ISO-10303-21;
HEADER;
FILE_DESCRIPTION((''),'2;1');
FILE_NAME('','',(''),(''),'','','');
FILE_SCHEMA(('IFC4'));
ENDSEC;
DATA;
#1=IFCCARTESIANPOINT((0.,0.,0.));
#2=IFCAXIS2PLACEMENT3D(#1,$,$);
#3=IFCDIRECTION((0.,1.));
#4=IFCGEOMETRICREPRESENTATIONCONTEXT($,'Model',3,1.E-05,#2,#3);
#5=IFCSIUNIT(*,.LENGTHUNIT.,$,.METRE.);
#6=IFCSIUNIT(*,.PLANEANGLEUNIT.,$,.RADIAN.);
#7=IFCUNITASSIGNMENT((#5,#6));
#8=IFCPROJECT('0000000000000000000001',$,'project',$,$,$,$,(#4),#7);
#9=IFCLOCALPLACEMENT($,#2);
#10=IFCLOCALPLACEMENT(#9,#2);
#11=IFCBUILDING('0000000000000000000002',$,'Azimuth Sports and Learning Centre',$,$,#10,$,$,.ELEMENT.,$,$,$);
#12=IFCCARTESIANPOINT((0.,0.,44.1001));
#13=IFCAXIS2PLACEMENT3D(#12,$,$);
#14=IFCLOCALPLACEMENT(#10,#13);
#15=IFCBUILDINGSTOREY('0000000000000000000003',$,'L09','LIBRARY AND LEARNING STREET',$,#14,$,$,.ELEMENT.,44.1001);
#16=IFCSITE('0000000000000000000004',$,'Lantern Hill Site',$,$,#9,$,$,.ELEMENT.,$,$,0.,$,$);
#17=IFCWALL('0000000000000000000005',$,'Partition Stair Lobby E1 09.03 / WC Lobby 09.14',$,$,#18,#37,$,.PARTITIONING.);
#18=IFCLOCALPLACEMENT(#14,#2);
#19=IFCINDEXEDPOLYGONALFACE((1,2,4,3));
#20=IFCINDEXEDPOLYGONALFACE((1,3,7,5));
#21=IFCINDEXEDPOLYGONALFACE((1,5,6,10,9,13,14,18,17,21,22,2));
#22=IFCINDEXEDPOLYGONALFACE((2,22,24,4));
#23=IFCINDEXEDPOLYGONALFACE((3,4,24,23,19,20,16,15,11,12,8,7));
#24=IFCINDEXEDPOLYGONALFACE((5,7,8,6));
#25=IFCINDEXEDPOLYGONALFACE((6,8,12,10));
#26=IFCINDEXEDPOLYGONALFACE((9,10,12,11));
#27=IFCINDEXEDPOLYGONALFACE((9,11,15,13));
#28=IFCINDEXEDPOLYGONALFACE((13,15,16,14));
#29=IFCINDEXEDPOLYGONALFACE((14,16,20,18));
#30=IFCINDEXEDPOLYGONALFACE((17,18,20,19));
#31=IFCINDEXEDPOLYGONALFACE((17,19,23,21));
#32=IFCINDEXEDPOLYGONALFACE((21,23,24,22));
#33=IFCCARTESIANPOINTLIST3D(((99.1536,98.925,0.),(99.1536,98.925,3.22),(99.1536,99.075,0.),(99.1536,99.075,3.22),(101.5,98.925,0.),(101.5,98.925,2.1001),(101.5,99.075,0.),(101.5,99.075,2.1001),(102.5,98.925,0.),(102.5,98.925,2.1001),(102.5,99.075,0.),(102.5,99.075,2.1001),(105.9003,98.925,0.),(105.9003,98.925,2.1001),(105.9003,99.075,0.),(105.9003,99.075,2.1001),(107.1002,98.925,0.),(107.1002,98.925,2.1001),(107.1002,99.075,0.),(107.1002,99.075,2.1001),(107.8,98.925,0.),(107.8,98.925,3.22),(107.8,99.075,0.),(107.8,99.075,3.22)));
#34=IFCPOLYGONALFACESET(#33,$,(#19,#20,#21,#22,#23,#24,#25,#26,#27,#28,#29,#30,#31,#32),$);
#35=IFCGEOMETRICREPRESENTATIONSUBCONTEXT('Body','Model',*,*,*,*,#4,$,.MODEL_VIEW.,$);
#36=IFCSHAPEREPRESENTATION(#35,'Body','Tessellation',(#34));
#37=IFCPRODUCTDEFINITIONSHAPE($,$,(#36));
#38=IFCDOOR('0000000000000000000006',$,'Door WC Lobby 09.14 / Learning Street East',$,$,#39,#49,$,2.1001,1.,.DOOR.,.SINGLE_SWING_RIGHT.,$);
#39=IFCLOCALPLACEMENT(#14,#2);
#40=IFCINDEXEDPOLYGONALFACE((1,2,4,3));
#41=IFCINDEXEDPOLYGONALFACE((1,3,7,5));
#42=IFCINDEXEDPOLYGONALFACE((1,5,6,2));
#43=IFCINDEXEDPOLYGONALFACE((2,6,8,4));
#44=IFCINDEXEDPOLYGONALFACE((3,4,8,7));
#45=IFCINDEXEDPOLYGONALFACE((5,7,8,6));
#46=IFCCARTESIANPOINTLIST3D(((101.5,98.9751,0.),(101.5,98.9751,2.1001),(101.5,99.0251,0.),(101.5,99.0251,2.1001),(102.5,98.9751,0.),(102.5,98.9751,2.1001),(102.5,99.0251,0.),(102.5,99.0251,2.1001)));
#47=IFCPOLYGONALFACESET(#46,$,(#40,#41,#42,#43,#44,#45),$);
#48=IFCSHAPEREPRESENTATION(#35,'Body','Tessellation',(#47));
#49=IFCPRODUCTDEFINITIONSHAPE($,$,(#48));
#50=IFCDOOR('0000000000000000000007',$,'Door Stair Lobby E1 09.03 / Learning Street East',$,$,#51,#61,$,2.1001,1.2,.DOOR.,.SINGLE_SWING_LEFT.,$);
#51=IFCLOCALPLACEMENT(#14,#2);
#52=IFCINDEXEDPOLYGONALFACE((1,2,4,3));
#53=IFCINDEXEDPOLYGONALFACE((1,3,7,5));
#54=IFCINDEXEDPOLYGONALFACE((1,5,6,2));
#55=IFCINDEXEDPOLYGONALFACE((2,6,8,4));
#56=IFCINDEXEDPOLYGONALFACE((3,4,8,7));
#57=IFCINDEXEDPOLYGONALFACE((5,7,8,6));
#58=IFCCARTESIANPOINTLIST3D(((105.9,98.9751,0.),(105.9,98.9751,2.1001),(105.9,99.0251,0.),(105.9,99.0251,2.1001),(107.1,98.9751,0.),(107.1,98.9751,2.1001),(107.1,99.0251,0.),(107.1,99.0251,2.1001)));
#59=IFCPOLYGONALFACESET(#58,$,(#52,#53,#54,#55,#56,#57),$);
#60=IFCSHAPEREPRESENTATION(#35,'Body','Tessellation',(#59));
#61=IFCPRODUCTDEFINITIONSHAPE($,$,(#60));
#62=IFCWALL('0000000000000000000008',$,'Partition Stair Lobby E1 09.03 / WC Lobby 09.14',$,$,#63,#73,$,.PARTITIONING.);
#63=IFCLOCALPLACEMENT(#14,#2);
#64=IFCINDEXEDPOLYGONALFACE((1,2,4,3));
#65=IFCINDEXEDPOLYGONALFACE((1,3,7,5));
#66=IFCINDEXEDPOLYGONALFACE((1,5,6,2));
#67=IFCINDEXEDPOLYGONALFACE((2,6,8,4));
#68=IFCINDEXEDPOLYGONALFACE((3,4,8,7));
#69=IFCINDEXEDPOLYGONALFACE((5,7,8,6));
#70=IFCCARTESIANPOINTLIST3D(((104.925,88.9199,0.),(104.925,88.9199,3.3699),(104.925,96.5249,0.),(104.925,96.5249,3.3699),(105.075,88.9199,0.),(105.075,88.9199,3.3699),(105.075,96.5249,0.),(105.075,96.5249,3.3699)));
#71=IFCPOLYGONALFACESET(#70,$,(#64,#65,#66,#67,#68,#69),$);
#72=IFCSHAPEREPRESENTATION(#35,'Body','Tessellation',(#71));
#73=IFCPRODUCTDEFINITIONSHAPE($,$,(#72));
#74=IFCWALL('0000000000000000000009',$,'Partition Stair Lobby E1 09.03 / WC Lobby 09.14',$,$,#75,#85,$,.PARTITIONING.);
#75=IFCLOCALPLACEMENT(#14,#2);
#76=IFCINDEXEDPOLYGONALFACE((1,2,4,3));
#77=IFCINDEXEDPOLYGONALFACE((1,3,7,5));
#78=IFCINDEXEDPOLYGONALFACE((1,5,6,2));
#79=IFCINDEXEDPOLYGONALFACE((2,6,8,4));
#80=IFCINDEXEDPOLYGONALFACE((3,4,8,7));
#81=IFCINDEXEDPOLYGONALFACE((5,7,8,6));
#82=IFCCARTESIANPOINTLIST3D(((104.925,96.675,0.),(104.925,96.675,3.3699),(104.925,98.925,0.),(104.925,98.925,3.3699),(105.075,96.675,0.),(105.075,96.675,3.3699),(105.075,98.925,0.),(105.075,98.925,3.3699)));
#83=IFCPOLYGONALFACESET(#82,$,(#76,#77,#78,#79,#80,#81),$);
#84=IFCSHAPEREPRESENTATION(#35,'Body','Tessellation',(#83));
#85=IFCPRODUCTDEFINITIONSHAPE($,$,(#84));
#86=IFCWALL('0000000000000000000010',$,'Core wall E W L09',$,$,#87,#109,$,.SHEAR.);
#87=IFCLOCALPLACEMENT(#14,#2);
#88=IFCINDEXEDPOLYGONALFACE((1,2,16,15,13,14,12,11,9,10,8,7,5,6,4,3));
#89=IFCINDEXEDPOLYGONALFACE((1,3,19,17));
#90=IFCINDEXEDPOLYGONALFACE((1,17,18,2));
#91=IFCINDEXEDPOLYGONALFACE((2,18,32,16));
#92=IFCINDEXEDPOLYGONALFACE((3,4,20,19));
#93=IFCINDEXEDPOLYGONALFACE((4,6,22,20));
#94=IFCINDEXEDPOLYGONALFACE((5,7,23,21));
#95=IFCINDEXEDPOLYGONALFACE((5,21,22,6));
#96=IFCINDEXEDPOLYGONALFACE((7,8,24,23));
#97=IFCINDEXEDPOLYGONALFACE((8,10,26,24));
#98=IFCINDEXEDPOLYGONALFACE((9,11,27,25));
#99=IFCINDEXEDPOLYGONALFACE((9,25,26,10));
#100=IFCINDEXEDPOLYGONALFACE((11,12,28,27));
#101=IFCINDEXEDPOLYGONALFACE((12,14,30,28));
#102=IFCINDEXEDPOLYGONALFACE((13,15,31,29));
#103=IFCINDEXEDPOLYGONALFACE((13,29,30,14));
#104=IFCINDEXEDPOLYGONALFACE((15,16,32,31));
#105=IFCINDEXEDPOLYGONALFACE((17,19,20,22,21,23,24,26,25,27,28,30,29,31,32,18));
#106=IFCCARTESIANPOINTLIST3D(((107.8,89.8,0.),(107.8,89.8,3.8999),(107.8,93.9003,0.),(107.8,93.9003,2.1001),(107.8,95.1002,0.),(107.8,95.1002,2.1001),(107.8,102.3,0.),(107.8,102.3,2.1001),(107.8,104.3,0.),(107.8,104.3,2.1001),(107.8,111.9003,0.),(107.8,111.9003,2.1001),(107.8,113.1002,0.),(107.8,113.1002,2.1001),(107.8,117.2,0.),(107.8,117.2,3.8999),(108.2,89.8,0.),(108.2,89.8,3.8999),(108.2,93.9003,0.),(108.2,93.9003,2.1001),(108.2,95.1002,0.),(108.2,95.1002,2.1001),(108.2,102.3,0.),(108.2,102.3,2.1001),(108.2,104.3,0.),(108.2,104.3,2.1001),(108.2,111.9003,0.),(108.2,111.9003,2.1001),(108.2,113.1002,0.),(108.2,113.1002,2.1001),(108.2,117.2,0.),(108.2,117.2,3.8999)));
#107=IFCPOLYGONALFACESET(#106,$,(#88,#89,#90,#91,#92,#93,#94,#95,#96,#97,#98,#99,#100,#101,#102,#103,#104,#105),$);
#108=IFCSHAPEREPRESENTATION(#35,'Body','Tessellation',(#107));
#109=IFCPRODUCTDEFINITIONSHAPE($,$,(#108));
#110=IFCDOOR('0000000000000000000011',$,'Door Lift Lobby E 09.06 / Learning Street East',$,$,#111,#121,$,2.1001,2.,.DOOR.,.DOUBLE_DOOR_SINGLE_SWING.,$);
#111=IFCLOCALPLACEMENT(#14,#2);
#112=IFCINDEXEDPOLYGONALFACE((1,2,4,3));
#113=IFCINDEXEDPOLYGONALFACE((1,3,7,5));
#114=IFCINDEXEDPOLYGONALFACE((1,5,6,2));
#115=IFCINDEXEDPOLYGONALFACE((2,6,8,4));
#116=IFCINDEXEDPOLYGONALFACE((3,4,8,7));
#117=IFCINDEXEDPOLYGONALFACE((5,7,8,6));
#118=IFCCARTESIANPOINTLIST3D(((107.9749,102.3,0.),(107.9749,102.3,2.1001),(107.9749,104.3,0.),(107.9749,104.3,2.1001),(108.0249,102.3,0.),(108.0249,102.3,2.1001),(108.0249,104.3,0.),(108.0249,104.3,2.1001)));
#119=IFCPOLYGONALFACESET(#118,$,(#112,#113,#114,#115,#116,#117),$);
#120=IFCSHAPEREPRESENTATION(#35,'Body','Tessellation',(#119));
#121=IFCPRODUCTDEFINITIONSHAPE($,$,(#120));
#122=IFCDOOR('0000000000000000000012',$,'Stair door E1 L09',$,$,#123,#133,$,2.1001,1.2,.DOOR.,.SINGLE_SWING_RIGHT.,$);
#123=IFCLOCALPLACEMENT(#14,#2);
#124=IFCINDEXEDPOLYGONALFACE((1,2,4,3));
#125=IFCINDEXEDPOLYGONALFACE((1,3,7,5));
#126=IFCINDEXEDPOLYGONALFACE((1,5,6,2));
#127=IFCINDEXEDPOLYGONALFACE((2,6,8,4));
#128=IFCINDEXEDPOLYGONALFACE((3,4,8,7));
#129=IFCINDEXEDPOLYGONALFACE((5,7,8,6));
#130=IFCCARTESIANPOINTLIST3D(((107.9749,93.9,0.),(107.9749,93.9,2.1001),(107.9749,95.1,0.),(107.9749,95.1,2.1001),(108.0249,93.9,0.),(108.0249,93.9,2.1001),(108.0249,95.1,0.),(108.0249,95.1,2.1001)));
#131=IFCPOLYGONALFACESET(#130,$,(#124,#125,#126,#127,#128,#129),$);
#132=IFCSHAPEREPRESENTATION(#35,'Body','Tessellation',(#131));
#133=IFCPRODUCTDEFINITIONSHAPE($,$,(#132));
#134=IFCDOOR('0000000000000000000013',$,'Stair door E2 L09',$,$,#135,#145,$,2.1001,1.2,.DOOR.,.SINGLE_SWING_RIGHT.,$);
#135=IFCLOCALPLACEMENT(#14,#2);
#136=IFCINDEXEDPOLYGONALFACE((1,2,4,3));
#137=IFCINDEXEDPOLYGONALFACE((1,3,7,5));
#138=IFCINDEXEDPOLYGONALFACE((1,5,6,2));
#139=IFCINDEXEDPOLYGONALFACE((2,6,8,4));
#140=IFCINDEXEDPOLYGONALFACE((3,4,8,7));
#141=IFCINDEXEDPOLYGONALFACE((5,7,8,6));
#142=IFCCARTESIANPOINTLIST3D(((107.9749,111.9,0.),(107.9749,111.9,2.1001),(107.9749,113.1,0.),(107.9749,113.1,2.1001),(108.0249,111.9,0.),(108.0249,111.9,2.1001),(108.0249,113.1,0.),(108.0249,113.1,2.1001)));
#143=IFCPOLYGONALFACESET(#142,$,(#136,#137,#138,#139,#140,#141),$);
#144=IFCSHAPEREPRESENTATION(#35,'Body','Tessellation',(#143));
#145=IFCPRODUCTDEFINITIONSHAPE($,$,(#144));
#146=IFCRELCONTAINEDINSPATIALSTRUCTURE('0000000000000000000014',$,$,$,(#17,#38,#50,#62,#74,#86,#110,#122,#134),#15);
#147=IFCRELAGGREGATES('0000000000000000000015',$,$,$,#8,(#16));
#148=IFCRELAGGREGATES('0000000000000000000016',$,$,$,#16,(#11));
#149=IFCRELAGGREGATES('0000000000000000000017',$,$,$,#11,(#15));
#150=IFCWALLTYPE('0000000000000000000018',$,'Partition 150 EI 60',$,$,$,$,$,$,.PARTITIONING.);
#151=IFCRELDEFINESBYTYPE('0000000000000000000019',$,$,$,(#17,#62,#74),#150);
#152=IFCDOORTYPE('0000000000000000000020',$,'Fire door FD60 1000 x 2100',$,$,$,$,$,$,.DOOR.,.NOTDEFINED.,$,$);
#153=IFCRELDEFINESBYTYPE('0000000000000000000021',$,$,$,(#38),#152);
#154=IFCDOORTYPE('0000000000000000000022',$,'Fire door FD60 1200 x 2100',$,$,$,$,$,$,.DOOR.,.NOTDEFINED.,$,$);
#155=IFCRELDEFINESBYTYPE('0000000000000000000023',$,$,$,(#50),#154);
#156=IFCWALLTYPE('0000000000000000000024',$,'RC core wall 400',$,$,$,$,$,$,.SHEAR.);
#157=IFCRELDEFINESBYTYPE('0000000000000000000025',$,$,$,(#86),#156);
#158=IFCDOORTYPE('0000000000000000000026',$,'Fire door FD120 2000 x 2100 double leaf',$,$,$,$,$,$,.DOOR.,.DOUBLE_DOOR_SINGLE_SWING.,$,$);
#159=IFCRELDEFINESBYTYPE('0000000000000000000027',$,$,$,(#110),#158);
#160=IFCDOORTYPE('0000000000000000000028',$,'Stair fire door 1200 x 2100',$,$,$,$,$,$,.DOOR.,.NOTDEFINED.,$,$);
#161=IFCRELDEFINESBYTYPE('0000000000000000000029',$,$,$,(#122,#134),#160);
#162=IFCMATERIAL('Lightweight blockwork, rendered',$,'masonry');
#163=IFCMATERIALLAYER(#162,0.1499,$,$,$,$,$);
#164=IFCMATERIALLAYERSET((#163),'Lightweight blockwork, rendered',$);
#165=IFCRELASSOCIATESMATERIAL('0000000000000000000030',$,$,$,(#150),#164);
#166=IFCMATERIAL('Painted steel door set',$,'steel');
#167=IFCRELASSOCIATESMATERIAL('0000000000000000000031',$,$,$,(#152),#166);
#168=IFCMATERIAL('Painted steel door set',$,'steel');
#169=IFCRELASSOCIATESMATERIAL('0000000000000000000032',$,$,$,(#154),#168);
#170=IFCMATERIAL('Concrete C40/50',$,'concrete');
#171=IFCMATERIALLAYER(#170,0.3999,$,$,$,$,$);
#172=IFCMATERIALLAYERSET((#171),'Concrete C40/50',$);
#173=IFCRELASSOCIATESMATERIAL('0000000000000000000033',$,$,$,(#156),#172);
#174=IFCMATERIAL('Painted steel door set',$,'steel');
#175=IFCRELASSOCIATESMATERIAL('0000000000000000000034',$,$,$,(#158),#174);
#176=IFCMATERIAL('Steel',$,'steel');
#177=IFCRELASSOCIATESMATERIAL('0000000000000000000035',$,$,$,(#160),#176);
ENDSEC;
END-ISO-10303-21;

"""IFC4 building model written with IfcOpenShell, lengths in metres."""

from ifc_helpers import new_model, si_unit, direction, frame, frame_2d, origin, place, context, subcontext, project, spatial, rectangle, extrude, material, layer, layer_set, type_object, element, fill, save


model = new_model("IFC4")

# Units and contexts
model_context = context("Model", 3, precision=1e-05, world=origin(), true_north=direction((0.0, 1.0)))
body_context = subcontext(model_context, "Body", "Model", "MODEL_VIEW")
ifc_project = project(units=[si_unit("LENGTHUNIT", "METRE"), si_unit("PLANEANGLEUNIT", "RADIAN")], contexts=[model_context])

# Site, building, storey
site_placement = place(None, origin())
site = spatial("IfcSite", under=ifc_project, at=site_placement, Name="Lantern Hill Site", CompositionType="ELEMENT", RefElevation=0.0)
building_placement = place(site_placement, origin())
building = spatial("IfcBuilding", under=site, at=building_placement, Name="Azimuth Sports and Learning Centre", CompositionType="ELEMENT")
storey_placement = place(building_placement, frame((0.0, 0.0, 44.1001)))
storey = spatial("IfcBuildingStorey", under=building, at=storey_placement, Name="L09", Description="LIBRARY AND LEARNING STREET", CompositionType="ELEMENT", Elevation=44.1001)

# Wall, openings, doors
ifc_material_1 = material(Name="Lightweight blockwork, rendered", Category="masonry")
ifc_layer_1 = layer(ifc_material_1, 0.1499)
ifc_layer_set_1 = layer_set([ifc_layer_1], Name="Lightweight blockwork, rendered")
wall_type_1 = type_object("IfcWallType", Name="Partition 150 EI 60", PredefinedType="PARTITIONING", material=ifc_layer_set_1)
wall_1_placement = place(storey_placement, frame((99.1536, 99.0, 0.0), z_axis=(0.0, 0.0, 1.0), x_axis=(1.0, 0.0, 0.0)))
wall_1 = element("IfcWall", 1, at=wall_1_placement, inside=storey, type_object=wall_type_1, Name="Partition Stair Lobby E1 09.03 / WC Lobby 09.14", PredefinedType="PARTITIONING", context=body_context, shape_type="SweptSolid", body=[
    extrude(rectangle(XDim=8.6465, YDim=0.1499, at=frame_2d((4.3232, 0.0))), origin(), (0.0, 0.0, 1.0), 3.22),
])
opening_1_placement = place(wall_1_placement, frame((6.7466, 0.0, 0.0)))
opening_1 = element("IfcOpeningElement", 2, at=opening_1_placement, cuts=wall_1, PredefinedType="OPENING", context=body_context, shape_type="SweptSolid", body=[
    extrude(rectangle(XDim=1.2, YDim=2.1001, at=frame_2d((0.6001, 1.05))), frame((0.0, 0.0859, 0.0), z_axis=(0.0, -1.0, 0.0), x_axis=(1.0, 0.0, 0.0)), (0.0, 0.0, 1.0), 0.1719),
])
opening_2_placement = place(wall_1_placement, frame((2.3464, 0.0, 0.0)))
opening_2 = element("IfcOpeningElement", 3, at=opening_2_placement, cuts=wall_1, PredefinedType="OPENING", context=body_context, shape_type="SweptSolid", body=[
    extrude(rectangle(XDim=1.0, YDim=2.1001, at=frame_2d((0.5, 1.05))), frame((0.0, 0.0859, 0.0), z_axis=(0.0, -1.0, 0.0), x_axis=(1.0, 0.0, 0.0)), (0.0, 0.0, 1.0), 0.1719),
])
ifc_material_2 = material(Name="Painted steel door set", Category="steel")
door_type_1 = type_object("IfcDoorType", Name="Fire door FD60 1000 x 2100", OperationType="NOTDEFINED", PredefinedType="DOOR", material=ifc_material_2)
door_1_placement = place(opening_2_placement, frame((1.0, 0.0, 0.0), z_axis=(0.0, 0.0, 1.0), x_axis=(-1.0, 0.0, 0.0)))
door_1 = element("IfcDoor", 4, at=door_1_placement, inside=storey, type_object=door_type_1, Name="Door WC Lobby 09.14 / Learning Street East", OperationType="SINGLE_SWING_RIGHT", OverallHeight=2.1001, OverallWidth=1.0, PredefinedType="DOOR", context=body_context, shape_type="SweptSolid", body=[
    extrude(rectangle(XDim=1.0, YDim=2.1001, at=frame_2d((0.5, 1.05))), frame((0.0, 0.0249, 0.0), z_axis=(0.0, -1.0, 0.0), x_axis=(1.0, 0.0, 0.0)), (0.0, 0.0, 1.0), 0.05),
])
fill(opening_2, door_1)
ifc_material_3 = material(Name="Painted steel door set", Category="steel")
door_type_2 = type_object("IfcDoorType", Name="Fire door FD60 1200 x 2100", OperationType="NOTDEFINED", PredefinedType="DOOR", material=ifc_material_3)
door_2_placement = place(opening_1_placement, frame((1.2, 0.0, 0.0), z_axis=(0.0, 0.0, 1.0), x_axis=(-1.0, 0.0, 0.0)))
door_2 = element("IfcDoor", 5, at=door_2_placement, inside=storey, type_object=door_type_2, Name="Door Stair Lobby E1 09.03 / Learning Street East", OperationType="SINGLE_SWING_LEFT", OverallHeight=2.1001, OverallWidth=1.2, PredefinedType="DOOR", context=body_context, shape_type="SweptSolid", body=[
    extrude(rectangle(XDim=1.2, YDim=2.1001, at=frame_2d((0.6001, 1.05))), frame((0.0, 0.0249, 0.0), z_axis=(0.0, -1.0, 0.0), x_axis=(1.0, 0.0, 0.0)), (0.0, 0.0, 1.0), 0.05),
])
fill(opening_1, door_2)

# Walls
wall_2_placement = place(storey_placement, frame((105.0, 88.9199, 0.0), z_axis=(0.0, 0.0, 1.0), x_axis=(0.0, 1.0, 0.0)))
element("IfcWall", 6, at=wall_2_placement, inside=storey, type_object=wall_type_1, Name="Partition Stair Lobby E1 09.03 / WC Lobby 09.14", PredefinedType="PARTITIONING", context=body_context, shape_type="SweptSolid", body=[
    extrude(rectangle(XDim=7.605, YDim=0.1499, at=frame_2d((3.8025, 0.0))), origin(), (0.0, 0.0, 1.0), 3.3699),
])
wall_3_placement = place(storey_placement, frame((105.0, 96.675, 0.0), z_axis=(0.0, 0.0, 1.0), x_axis=(0.0, 1.0, 0.0)))
element("IfcWall", 7, at=wall_3_placement, inside=storey, type_object=wall_type_1, Name="Partition Stair Lobby E1 09.03 / WC Lobby 09.14", PredefinedType="PARTITIONING", context=body_context, shape_type="SweptSolid", body=[
    extrude(rectangle(XDim=2.25, YDim=0.1499, at=frame_2d((1.125, 0.0))), origin(), (0.0, 0.0, 1.0), 3.3699),
])

# Wall, openings, doors
ifc_material_4 = material(Name="Concrete C40/50", Category="concrete")
ifc_layer_2 = layer(ifc_material_4, 0.3999)
ifc_layer_set_2 = layer_set([ifc_layer_2], Name="Concrete C40/50")
wall_type_2 = type_object("IfcWallType", Name="RC core wall 400", PredefinedType="SHEAR", material=ifc_layer_set_2)
wall_4_placement = place(storey_placement, frame((108.0, 89.8, 0.0), z_axis=(0.0, 0.0, 1.0), x_axis=(0.0, 1.0, 0.0)))
wall_4 = element("IfcWall", 8, at=wall_4_placement, inside=storey, type_object=wall_type_2, Name="Core wall E W L09", PredefinedType="SHEAR", context=body_context, shape_type="SweptSolid", body=[
    extrude(rectangle(XDim=27.3999, YDim=0.3999, at=frame_2d((13.7, 0.0))), origin(), (0.0, 0.0, 1.0), 3.8999),
])
opening_3_placement = place(wall_4_placement, frame((4.1001, 0.0, 0.0)))
opening_3 = element("IfcOpeningElement", 9, at=opening_3_placement, cuts=wall_4, PredefinedType="OPENING", context=body_context, shape_type="SweptSolid", body=[
    extrude(rectangle(XDim=1.2, YDim=2.1001, at=frame_2d((0.6001, 1.05))), frame((0.0, 0.2109, 0.0), z_axis=(0.0, -1.0, 0.0), x_axis=(1.0, 0.0, 0.0)), (0.0, 0.0, 1.0), 0.4219),
])
opening_4_placement = place(wall_4_placement, frame((22.1001, 0.0, 0.0)))
opening_4 = element("IfcOpeningElement", 10, at=opening_4_placement, cuts=wall_4, PredefinedType="OPENING", context=body_context, shape_type="SweptSolid", body=[
    extrude(rectangle(XDim=1.2, YDim=2.1001, at=frame_2d((0.6001, 1.05))), frame((0.0, 0.2109, 0.0), z_axis=(0.0, -1.0, 0.0), x_axis=(1.0, 0.0, 0.0)), (0.0, 0.0, 1.0), 0.4219),
])
opening_5_placement = place(wall_4_placement, frame((12.5, 0.0, 0.0)))
opening_5 = element("IfcOpeningElement", 11, at=opening_5_placement, cuts=wall_4, PredefinedType="OPENING", context=body_context, shape_type="SweptSolid", body=[
    extrude(rectangle(XDim=2.0, YDim=2.1001, at=frame_2d((1.0, 1.05))), frame((0.0, 0.2109, 0.0), z_axis=(0.0, -1.0, 0.0), x_axis=(1.0, 0.0, 0.0)), (0.0, 0.0, 1.0), 0.4219),
])
ifc_material_5 = material(Name="Painted steel door set", Category="steel")
door_type_3 = type_object("IfcDoorType", Name="Fire door FD120 2000 x 2100 double leaf", OperationType="DOUBLE_DOOR_SINGLE_SWING", PredefinedType="DOOR", material=ifc_material_5)
door_3_placement = place(opening_5_placement, frame((2.0, 0.0, 0.0), z_axis=(0.0, 0.0, 1.0), x_axis=(-1.0, 0.0, 0.0)))
door_3 = element("IfcDoor", 12, at=door_3_placement, inside=storey, type_object=door_type_3, Name="Door Lift Lobby E 09.06 / Learning Street East", OperationType="DOUBLE_DOOR_SINGLE_SWING", OverallHeight=2.1001, OverallWidth=2.0, PredefinedType="DOOR", context=body_context, shape_type="SweptSolid", body=[
    extrude(rectangle(XDim=2.0, YDim=2.1001, at=frame_2d((1.0, 1.05))), frame((0.0, 0.0249, 0.0), z_axis=(0.0, -1.0, 0.0), x_axis=(1.0, 0.0, 0.0)), (0.0, 0.0, 1.0), 0.05),
])
fill(opening_5, door_3)
ifc_material_6 = material(Name="Steel", Category="steel")
door_type_4 = type_object("IfcDoorType", Name="Stair fire door 1200 x 2100", OperationType="NOTDEFINED", PredefinedType="DOOR", material=ifc_material_6)
door_4_placement = place(opening_3_placement, frame((1.2, 0.0, 0.0), z_axis=(0.0, 0.0, 1.0), x_axis=(-1.0, 0.0, 0.0)))
door_4 = element("IfcDoor", 13, at=door_4_placement, inside=storey, type_object=door_type_4, Name="Stair door E1 L09", OperationType="SINGLE_SWING_RIGHT", OverallHeight=2.1001, OverallWidth=1.2, PredefinedType="DOOR", context=body_context, shape_type="SweptSolid", body=[
    extrude(rectangle(XDim=1.2, YDim=2.1001, at=frame_2d((0.6001, 1.05))), frame((0.0, 0.0249, 0.0), z_axis=(0.0, -1.0, 0.0), x_axis=(1.0, 0.0, 0.0)), (0.0, 0.0, 1.0), 0.05),
])
fill(opening_3, door_4)
door_5_placement = place(opening_4_placement, frame((1.2, 0.0, 0.0), z_axis=(0.0, 0.0, 1.0), x_axis=(-1.0, 0.0, 0.0)))
door_5 = element("IfcDoor", 14, at=door_5_placement, inside=storey, type_object=door_type_4, Name="Stair door E2 L09", OperationType="SINGLE_SWING_RIGHT", OverallHeight=2.1001, OverallWidth=1.2, PredefinedType="DOOR", context=body_context, shape_type="SweptSolid", body=[
    extrude(rectangle(XDim=1.2, YDim=2.1001, at=frame_2d((0.6001, 1.05))), frame((0.0, 0.0249, 0.0), z_axis=(0.0, -1.0, 0.0), x_axis=(1.0, 0.0, 0.0)), (0.0, 0.0, 1.0), 0.05),
])
fill(opening_4, door_5)

save(model, "model.ifc")
